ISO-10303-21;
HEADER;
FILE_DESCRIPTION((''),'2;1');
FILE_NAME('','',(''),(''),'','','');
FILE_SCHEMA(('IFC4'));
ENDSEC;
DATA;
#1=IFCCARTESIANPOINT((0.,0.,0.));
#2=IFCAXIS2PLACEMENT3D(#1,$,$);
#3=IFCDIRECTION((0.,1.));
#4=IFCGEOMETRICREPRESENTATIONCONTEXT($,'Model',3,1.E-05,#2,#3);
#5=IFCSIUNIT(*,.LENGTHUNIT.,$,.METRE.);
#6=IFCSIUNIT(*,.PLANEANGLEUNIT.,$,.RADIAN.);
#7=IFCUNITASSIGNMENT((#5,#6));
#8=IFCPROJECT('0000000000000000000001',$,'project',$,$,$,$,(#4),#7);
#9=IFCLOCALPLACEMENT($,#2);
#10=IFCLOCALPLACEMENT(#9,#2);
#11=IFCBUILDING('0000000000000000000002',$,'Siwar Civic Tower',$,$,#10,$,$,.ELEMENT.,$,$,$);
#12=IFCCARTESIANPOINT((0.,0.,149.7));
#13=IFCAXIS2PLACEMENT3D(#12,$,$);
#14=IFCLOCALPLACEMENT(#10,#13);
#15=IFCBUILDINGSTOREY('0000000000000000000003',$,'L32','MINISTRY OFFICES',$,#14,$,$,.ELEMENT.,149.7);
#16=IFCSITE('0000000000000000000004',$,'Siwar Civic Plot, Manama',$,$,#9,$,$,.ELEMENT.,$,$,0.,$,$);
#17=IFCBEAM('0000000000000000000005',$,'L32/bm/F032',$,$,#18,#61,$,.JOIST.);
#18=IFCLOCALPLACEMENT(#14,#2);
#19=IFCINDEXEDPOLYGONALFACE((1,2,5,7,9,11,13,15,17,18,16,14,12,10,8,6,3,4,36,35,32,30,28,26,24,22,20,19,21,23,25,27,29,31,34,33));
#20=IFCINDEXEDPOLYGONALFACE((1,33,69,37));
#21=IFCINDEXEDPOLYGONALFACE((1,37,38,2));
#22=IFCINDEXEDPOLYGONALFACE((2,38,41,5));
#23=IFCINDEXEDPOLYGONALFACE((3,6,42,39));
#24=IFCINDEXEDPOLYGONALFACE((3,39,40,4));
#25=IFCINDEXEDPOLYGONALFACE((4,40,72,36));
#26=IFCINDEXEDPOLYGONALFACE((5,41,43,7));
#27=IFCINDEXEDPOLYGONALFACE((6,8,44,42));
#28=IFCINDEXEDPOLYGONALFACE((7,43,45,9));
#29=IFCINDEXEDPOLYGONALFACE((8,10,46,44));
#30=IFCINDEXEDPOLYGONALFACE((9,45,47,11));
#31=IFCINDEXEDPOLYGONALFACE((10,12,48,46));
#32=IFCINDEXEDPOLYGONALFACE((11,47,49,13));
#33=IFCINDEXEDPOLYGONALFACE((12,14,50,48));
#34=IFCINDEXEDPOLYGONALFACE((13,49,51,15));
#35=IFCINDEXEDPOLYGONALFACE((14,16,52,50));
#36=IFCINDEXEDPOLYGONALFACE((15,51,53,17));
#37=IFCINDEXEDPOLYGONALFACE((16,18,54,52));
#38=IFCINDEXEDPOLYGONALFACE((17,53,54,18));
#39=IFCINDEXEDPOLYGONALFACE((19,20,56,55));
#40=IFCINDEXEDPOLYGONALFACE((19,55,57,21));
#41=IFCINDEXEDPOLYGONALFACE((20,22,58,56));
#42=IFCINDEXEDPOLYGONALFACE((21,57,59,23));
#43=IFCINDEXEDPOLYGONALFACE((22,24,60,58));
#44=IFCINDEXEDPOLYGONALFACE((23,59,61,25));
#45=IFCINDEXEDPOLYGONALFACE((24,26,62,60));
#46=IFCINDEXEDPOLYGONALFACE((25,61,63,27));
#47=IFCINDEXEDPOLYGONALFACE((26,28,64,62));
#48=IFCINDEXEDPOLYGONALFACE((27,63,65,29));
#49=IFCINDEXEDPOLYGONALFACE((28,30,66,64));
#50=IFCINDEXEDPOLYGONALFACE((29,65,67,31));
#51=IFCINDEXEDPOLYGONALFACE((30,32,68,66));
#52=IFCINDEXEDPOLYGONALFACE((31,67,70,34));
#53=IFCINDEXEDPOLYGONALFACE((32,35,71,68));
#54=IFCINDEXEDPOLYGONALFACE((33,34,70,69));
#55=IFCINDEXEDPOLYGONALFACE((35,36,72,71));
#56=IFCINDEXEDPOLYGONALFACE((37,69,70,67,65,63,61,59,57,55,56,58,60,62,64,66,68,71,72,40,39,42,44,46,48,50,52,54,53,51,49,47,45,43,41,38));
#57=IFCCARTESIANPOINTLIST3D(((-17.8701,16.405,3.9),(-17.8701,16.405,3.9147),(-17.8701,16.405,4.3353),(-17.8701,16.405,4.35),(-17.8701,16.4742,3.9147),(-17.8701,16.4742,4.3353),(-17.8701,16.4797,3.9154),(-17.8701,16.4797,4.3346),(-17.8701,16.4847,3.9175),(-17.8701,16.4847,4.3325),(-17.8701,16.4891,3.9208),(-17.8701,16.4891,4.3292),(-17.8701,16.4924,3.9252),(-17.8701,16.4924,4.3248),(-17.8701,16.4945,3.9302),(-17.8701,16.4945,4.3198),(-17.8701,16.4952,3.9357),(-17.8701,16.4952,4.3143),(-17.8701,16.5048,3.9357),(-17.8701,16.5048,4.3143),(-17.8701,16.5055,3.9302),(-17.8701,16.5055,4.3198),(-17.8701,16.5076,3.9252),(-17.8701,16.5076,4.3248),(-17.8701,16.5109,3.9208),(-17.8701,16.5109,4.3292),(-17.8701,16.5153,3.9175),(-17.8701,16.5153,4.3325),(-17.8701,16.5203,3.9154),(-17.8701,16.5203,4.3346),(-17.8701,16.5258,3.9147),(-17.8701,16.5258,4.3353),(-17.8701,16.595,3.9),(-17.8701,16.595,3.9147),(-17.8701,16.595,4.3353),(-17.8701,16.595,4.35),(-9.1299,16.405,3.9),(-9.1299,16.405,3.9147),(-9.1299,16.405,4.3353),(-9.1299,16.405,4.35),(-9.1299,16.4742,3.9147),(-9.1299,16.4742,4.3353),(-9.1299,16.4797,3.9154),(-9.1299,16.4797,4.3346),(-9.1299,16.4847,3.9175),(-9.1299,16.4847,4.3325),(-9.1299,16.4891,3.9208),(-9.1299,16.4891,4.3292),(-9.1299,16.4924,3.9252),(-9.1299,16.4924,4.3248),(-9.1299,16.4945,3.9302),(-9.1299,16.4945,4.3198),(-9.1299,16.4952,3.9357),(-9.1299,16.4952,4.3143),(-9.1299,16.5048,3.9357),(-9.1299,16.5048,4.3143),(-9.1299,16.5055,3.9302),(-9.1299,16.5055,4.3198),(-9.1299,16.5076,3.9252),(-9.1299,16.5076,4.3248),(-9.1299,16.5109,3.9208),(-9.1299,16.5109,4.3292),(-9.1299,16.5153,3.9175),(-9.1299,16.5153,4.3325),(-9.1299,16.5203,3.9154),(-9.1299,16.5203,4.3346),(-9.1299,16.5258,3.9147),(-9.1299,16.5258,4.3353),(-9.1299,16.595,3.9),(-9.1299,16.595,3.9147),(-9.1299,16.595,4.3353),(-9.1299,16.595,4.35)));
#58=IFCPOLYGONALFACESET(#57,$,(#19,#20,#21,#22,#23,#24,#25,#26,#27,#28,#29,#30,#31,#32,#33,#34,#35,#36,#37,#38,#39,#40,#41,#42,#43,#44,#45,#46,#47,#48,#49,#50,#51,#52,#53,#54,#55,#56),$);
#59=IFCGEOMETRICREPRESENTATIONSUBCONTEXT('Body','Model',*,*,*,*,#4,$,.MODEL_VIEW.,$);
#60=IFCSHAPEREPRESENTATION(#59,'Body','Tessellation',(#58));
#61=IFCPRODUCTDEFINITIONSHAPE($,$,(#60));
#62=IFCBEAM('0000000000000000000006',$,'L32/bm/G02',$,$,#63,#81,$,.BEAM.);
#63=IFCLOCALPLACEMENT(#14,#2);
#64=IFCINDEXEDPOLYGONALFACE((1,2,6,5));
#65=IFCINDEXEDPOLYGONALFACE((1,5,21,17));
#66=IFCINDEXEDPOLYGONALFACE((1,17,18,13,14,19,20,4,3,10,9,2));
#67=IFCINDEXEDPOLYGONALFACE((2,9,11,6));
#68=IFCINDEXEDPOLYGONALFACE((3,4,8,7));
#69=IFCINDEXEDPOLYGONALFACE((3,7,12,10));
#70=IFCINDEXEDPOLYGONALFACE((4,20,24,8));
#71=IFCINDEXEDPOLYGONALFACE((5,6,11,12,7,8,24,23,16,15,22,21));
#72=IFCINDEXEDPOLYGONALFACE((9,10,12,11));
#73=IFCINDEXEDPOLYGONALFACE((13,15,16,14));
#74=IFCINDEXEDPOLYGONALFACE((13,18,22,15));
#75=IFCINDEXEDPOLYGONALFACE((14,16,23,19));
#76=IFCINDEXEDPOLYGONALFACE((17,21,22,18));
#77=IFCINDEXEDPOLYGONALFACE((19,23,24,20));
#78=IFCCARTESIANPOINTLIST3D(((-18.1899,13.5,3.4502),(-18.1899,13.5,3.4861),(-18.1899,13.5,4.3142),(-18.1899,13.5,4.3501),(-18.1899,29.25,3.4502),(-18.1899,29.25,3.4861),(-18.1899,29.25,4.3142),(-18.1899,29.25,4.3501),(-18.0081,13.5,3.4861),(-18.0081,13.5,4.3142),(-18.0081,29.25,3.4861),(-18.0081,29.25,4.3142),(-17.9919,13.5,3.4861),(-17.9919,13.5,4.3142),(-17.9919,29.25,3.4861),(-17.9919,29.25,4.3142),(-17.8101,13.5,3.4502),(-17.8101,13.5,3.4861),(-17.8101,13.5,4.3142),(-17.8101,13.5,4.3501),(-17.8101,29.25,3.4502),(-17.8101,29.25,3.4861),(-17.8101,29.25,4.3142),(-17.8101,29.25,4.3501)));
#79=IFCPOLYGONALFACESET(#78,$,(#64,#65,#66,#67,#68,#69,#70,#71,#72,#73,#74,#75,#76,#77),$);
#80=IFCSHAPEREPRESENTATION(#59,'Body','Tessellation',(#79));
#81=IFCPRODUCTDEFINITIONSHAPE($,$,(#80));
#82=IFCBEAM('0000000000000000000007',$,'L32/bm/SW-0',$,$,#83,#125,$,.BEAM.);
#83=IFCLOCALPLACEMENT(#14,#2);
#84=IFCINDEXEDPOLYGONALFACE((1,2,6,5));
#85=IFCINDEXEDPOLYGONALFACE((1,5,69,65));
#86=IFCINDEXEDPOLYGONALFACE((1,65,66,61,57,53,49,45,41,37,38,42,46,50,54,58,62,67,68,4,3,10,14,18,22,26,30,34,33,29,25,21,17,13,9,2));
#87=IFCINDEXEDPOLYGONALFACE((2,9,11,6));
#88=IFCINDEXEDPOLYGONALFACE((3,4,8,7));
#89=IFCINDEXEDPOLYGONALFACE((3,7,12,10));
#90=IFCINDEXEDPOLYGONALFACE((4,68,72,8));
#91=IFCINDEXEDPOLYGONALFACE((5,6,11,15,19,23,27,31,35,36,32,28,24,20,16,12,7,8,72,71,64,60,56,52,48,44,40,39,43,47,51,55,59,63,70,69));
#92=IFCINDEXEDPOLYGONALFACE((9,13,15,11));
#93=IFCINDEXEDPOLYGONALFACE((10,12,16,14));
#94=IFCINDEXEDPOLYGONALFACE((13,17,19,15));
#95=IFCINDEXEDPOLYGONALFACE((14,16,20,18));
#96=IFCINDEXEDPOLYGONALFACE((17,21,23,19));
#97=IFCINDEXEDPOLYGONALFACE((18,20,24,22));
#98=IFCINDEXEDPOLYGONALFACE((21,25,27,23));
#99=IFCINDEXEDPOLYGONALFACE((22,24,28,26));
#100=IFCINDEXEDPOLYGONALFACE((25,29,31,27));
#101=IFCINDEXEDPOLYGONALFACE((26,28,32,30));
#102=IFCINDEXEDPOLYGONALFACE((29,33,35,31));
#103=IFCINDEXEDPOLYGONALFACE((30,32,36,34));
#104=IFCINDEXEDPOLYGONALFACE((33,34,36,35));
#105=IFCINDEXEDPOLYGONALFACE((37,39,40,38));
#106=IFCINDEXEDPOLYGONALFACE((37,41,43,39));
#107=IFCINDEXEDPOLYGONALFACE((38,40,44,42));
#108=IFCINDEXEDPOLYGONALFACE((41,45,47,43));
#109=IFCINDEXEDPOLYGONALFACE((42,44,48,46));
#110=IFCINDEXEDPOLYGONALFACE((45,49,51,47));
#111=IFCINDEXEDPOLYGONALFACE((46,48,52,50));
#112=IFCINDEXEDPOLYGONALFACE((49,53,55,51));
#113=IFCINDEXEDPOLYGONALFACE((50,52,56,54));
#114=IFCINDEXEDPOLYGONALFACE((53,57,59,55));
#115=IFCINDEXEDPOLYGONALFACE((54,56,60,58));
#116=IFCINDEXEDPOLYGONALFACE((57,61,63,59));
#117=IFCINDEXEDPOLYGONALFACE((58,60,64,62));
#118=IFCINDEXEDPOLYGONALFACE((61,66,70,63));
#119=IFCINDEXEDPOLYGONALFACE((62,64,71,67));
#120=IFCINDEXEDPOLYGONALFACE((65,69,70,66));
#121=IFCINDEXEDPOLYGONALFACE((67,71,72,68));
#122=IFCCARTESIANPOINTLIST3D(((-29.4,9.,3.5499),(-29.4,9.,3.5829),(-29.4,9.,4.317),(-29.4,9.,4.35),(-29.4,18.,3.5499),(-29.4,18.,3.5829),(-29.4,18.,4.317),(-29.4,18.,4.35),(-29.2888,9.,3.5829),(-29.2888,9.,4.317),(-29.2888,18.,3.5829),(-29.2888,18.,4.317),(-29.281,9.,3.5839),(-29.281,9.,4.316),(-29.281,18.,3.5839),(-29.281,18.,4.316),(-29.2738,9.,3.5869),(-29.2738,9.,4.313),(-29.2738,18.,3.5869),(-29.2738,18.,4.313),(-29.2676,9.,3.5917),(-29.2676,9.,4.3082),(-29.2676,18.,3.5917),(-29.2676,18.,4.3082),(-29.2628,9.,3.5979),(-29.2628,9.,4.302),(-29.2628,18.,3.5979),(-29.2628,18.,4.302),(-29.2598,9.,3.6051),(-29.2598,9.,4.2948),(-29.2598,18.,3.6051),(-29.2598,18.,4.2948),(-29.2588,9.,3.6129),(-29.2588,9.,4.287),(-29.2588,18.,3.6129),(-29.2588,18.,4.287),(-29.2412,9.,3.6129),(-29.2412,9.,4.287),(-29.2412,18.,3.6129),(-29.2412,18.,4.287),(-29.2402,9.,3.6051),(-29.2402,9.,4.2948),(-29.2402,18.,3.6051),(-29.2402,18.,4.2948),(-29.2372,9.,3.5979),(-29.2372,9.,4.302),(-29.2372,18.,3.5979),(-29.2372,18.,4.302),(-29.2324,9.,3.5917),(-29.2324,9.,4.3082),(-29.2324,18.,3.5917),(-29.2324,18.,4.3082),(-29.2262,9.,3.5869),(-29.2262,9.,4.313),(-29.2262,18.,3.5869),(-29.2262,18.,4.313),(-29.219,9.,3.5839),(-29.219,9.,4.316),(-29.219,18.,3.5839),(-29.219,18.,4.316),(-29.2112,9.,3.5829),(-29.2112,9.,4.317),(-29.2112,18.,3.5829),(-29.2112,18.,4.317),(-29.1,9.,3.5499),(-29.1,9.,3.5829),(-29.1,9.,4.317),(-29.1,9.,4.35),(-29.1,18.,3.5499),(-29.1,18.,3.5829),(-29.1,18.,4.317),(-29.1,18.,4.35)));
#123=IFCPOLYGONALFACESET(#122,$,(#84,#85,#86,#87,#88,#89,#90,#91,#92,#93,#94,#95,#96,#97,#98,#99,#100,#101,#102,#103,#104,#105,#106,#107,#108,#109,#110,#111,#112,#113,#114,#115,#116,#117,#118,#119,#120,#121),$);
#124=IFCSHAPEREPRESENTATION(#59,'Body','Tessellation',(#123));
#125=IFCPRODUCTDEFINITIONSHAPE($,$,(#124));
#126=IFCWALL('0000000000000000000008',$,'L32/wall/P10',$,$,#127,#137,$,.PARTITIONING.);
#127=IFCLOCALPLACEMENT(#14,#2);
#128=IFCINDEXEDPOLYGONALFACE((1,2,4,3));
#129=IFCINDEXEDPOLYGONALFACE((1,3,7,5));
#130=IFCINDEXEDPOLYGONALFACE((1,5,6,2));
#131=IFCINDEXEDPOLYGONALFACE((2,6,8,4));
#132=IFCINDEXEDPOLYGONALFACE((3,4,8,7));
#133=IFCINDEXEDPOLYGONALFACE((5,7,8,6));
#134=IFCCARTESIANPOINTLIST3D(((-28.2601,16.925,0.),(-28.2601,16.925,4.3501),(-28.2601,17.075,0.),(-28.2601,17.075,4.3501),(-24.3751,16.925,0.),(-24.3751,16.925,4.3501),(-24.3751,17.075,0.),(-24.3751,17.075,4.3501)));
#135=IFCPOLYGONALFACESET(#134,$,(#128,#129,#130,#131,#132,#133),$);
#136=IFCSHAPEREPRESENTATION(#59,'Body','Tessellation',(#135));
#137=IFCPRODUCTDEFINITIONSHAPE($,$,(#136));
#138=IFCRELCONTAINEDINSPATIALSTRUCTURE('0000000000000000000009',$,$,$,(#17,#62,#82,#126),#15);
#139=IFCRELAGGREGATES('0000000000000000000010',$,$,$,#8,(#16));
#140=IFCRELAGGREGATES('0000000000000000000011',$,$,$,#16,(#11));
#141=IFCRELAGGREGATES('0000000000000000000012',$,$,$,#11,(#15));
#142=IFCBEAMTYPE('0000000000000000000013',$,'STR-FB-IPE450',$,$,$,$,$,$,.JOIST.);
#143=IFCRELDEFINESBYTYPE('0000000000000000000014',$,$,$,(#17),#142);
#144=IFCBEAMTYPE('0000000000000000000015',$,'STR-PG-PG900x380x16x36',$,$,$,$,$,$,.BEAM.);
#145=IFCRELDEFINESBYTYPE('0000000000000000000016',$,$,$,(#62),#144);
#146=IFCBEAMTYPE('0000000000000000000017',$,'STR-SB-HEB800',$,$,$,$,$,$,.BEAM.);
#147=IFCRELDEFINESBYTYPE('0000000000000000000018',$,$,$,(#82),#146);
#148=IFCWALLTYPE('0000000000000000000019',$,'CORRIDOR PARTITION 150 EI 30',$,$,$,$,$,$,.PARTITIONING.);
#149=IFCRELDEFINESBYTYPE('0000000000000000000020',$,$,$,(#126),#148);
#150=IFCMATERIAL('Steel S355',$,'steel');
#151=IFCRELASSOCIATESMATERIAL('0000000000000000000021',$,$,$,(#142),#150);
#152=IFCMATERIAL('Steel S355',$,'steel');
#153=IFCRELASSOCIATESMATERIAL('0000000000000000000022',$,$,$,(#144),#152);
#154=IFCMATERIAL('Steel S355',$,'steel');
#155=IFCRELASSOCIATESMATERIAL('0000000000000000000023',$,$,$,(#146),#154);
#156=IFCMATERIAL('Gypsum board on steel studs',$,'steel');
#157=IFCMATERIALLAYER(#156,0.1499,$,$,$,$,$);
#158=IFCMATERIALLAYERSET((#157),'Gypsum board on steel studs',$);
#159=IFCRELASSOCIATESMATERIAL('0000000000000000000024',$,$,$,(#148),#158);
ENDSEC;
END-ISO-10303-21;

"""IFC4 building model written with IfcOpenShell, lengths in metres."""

from ifc_helpers import new_model, si_unit, direction, frame, frame_2d, origin, origin_2d, place, context, subcontext, project, spatial, rectangle, i_section, extrude, material, layer, layer_set, material_profile, profile_set, type_object, element, save


model = new_model("IFC4")

# Units and contexts
model_context = context("Model", 3, precision=1e-05, world=origin(), true_north=direction((0.0, 1.0)))
body_context = subcontext(model_context, "Body", "Model", "MODEL_VIEW")
ifc_project = project(units=[si_unit("LENGTHUNIT", "METRE"), si_unit("PLANEANGLEUNIT", "RADIAN")], contexts=[model_context])

# Site, building, storey
site_placement = place(None, origin())
site = spatial("IfcSite", under=ifc_project, at=site_placement, Name="Siwar Civic Plot, Manama", CompositionType="ELEMENT", RefElevation=0.0)
building_placement = place(site_placement, origin())
building = spatial("IfcBuilding", under=site, at=building_placement, Name="Siwar Civic Tower", CompositionType="ELEMENT")
storey_placement = place(building_placement, frame((0.0, 0.0, 149.7)))
storey = spatial("IfcBuildingStorey", under=building, at=storey_placement, Name="L32", Description="MINISTRY OFFICES", CompositionType="ELEMENT", Elevation=149.7)

# Beams
ifc_material_1 = material(Name="Steel S355", Category="steel")
ifc_material_profile_1 = material_profile(ifc_material_1, i_section(OverallWidth=0.1899, OverallDepth=0.45, WebThickness=0.0095, FlangeThickness=0.0146, FilletRadius=0.021, at=origin_2d()), Name="IPE450")
ifc_profile_set_1 = profile_set([ifc_material_profile_1], Name="Steel S355")
beam_type_1 = type_object("IfcBeamType", Name="STR-FB-IPE450", PredefinedType="JOIST", material=ifc_profile_set_1)
beam_1_placement = place(storey_placement, frame((-17.8701, 16.5, 4.125), z_axis=(1.0, 0.0, 0.0), x_axis=(0.0, 1.0, 0.0)))
element("IfcBeam", 1, at=beam_1_placement, inside=storey, type_object=beam_type_1, Name="L32/bm/F032", PredefinedType="JOIST", context=body_context, shape_type="SweptSolid", body=[
    extrude(i_section(OverallWidth=0.1899, OverallDepth=0.45, WebThickness=0.0095, FlangeThickness=0.0146, FilletRadius=0.021, at=origin_2d()), origin(), (0.0, 0.0, 1.0), 8.7402),
])
ifc_material_2 = material(Name="Steel S355", Category="steel")
ifc_material_profile_2 = material_profile(ifc_material_2, i_section(OverallWidth=0.3799, OverallDepth=0.8999, WebThickness=0.0161, FlangeThickness=0.0359, at=origin_2d()), Name="PG900x380x16x36")
ifc_profile_set_2 = profile_set([ifc_material_profile_2], Name="Steel S355")
beam_type_2 = type_object("IfcBeamType", Name="STR-PG-PG900x380x16x36", PredefinedType="BEAM", material=ifc_profile_set_2)
beam_2_placement = place(storey_placement, frame((-18.0, 13.5, 3.9001), z_axis=(0.0, 1.0, 0.0), x_axis=(-1.0, 0.0, 0.0)))
element("IfcBeam", 2, at=beam_2_placement, inside=storey, type_object=beam_type_2, Name="L32/bm/G02", PredefinedType="BEAM", context=body_context, shape_type="SweptSolid", body=[
    extrude(i_section(OverallWidth=0.3799, OverallDepth=0.8999, WebThickness=0.0161, FlangeThickness=0.0359, at=origin_2d()), origin(), (0.0, 0.0, 1.0), 15.75),
])
ifc_material_3 = material(Name="Steel S355", Category="steel")
ifc_material_profile_3 = material_profile(ifc_material_3, i_section(OverallWidth=0.3, OverallDepth=0.8, WebThickness=0.0176, FlangeThickness=0.033, FilletRadius=0.03, at=origin_2d()), Name="HEB800")
ifc_profile_set_3 = profile_set([ifc_material_profile_3], Name="Steel S355")
beam_type_3 = type_object("IfcBeamType", Name="STR-SB-HEB800", PredefinedType="BEAM", material=ifc_profile_set_3)
beam_3_placement = place(storey_placement, frame((-29.25, 18.0, 3.95), z_axis=(0.0, -1.0, 0.0), x_axis=(1.0, 0.0, 0.0)))
element("IfcBeam", 3, at=beam_3_placement, inside=storey, type_object=beam_type_3, Name="L32/bm/SW-0", PredefinedType="BEAM", context=body_context, shape_type="SweptSolid", body=[
    extrude(i_section(OverallWidth=0.3, OverallDepth=0.8, WebThickness=0.0176, FlangeThickness=0.033, FilletRadius=0.03, at=origin_2d()), origin(), (0.0, 0.0, 1.0), 9.0),
])

# Wall
ifc_material_4 = material(Name="Gypsum board on steel studs", Category="steel")
ifc_layer_1 = layer(ifc_material_4, 0.1499)
ifc_layer_set_1 = layer_set([ifc_layer_1], Name="Gypsum board on steel studs")
wall_type = type_object("IfcWallType", Name="CORRIDOR PARTITION 150 EI 30", PredefinedType="PARTITIONING", material=ifc_layer_set_1)
wall_1_placement = place(storey_placement, frame((-28.26, 17.0, 0.0), z_axis=(0.0, 0.0, 1.0), x_axis=(1.0, 0.0, 0.0)))
element("IfcWall", 4, at=wall_1_placement, inside=storey, type_object=wall_type, Name="L32/wall/P10", PredefinedType="PARTITIONING", context=body_context, shape_type="SweptSolid", body=[
    extrude(rectangle(XDim=3.885, YDim=0.1499, at=frame_2d((1.9424, 0.0))), origin(), (0.0, 0.0, 1.0), 4.3501),
])

save(model, "model.ifc")
